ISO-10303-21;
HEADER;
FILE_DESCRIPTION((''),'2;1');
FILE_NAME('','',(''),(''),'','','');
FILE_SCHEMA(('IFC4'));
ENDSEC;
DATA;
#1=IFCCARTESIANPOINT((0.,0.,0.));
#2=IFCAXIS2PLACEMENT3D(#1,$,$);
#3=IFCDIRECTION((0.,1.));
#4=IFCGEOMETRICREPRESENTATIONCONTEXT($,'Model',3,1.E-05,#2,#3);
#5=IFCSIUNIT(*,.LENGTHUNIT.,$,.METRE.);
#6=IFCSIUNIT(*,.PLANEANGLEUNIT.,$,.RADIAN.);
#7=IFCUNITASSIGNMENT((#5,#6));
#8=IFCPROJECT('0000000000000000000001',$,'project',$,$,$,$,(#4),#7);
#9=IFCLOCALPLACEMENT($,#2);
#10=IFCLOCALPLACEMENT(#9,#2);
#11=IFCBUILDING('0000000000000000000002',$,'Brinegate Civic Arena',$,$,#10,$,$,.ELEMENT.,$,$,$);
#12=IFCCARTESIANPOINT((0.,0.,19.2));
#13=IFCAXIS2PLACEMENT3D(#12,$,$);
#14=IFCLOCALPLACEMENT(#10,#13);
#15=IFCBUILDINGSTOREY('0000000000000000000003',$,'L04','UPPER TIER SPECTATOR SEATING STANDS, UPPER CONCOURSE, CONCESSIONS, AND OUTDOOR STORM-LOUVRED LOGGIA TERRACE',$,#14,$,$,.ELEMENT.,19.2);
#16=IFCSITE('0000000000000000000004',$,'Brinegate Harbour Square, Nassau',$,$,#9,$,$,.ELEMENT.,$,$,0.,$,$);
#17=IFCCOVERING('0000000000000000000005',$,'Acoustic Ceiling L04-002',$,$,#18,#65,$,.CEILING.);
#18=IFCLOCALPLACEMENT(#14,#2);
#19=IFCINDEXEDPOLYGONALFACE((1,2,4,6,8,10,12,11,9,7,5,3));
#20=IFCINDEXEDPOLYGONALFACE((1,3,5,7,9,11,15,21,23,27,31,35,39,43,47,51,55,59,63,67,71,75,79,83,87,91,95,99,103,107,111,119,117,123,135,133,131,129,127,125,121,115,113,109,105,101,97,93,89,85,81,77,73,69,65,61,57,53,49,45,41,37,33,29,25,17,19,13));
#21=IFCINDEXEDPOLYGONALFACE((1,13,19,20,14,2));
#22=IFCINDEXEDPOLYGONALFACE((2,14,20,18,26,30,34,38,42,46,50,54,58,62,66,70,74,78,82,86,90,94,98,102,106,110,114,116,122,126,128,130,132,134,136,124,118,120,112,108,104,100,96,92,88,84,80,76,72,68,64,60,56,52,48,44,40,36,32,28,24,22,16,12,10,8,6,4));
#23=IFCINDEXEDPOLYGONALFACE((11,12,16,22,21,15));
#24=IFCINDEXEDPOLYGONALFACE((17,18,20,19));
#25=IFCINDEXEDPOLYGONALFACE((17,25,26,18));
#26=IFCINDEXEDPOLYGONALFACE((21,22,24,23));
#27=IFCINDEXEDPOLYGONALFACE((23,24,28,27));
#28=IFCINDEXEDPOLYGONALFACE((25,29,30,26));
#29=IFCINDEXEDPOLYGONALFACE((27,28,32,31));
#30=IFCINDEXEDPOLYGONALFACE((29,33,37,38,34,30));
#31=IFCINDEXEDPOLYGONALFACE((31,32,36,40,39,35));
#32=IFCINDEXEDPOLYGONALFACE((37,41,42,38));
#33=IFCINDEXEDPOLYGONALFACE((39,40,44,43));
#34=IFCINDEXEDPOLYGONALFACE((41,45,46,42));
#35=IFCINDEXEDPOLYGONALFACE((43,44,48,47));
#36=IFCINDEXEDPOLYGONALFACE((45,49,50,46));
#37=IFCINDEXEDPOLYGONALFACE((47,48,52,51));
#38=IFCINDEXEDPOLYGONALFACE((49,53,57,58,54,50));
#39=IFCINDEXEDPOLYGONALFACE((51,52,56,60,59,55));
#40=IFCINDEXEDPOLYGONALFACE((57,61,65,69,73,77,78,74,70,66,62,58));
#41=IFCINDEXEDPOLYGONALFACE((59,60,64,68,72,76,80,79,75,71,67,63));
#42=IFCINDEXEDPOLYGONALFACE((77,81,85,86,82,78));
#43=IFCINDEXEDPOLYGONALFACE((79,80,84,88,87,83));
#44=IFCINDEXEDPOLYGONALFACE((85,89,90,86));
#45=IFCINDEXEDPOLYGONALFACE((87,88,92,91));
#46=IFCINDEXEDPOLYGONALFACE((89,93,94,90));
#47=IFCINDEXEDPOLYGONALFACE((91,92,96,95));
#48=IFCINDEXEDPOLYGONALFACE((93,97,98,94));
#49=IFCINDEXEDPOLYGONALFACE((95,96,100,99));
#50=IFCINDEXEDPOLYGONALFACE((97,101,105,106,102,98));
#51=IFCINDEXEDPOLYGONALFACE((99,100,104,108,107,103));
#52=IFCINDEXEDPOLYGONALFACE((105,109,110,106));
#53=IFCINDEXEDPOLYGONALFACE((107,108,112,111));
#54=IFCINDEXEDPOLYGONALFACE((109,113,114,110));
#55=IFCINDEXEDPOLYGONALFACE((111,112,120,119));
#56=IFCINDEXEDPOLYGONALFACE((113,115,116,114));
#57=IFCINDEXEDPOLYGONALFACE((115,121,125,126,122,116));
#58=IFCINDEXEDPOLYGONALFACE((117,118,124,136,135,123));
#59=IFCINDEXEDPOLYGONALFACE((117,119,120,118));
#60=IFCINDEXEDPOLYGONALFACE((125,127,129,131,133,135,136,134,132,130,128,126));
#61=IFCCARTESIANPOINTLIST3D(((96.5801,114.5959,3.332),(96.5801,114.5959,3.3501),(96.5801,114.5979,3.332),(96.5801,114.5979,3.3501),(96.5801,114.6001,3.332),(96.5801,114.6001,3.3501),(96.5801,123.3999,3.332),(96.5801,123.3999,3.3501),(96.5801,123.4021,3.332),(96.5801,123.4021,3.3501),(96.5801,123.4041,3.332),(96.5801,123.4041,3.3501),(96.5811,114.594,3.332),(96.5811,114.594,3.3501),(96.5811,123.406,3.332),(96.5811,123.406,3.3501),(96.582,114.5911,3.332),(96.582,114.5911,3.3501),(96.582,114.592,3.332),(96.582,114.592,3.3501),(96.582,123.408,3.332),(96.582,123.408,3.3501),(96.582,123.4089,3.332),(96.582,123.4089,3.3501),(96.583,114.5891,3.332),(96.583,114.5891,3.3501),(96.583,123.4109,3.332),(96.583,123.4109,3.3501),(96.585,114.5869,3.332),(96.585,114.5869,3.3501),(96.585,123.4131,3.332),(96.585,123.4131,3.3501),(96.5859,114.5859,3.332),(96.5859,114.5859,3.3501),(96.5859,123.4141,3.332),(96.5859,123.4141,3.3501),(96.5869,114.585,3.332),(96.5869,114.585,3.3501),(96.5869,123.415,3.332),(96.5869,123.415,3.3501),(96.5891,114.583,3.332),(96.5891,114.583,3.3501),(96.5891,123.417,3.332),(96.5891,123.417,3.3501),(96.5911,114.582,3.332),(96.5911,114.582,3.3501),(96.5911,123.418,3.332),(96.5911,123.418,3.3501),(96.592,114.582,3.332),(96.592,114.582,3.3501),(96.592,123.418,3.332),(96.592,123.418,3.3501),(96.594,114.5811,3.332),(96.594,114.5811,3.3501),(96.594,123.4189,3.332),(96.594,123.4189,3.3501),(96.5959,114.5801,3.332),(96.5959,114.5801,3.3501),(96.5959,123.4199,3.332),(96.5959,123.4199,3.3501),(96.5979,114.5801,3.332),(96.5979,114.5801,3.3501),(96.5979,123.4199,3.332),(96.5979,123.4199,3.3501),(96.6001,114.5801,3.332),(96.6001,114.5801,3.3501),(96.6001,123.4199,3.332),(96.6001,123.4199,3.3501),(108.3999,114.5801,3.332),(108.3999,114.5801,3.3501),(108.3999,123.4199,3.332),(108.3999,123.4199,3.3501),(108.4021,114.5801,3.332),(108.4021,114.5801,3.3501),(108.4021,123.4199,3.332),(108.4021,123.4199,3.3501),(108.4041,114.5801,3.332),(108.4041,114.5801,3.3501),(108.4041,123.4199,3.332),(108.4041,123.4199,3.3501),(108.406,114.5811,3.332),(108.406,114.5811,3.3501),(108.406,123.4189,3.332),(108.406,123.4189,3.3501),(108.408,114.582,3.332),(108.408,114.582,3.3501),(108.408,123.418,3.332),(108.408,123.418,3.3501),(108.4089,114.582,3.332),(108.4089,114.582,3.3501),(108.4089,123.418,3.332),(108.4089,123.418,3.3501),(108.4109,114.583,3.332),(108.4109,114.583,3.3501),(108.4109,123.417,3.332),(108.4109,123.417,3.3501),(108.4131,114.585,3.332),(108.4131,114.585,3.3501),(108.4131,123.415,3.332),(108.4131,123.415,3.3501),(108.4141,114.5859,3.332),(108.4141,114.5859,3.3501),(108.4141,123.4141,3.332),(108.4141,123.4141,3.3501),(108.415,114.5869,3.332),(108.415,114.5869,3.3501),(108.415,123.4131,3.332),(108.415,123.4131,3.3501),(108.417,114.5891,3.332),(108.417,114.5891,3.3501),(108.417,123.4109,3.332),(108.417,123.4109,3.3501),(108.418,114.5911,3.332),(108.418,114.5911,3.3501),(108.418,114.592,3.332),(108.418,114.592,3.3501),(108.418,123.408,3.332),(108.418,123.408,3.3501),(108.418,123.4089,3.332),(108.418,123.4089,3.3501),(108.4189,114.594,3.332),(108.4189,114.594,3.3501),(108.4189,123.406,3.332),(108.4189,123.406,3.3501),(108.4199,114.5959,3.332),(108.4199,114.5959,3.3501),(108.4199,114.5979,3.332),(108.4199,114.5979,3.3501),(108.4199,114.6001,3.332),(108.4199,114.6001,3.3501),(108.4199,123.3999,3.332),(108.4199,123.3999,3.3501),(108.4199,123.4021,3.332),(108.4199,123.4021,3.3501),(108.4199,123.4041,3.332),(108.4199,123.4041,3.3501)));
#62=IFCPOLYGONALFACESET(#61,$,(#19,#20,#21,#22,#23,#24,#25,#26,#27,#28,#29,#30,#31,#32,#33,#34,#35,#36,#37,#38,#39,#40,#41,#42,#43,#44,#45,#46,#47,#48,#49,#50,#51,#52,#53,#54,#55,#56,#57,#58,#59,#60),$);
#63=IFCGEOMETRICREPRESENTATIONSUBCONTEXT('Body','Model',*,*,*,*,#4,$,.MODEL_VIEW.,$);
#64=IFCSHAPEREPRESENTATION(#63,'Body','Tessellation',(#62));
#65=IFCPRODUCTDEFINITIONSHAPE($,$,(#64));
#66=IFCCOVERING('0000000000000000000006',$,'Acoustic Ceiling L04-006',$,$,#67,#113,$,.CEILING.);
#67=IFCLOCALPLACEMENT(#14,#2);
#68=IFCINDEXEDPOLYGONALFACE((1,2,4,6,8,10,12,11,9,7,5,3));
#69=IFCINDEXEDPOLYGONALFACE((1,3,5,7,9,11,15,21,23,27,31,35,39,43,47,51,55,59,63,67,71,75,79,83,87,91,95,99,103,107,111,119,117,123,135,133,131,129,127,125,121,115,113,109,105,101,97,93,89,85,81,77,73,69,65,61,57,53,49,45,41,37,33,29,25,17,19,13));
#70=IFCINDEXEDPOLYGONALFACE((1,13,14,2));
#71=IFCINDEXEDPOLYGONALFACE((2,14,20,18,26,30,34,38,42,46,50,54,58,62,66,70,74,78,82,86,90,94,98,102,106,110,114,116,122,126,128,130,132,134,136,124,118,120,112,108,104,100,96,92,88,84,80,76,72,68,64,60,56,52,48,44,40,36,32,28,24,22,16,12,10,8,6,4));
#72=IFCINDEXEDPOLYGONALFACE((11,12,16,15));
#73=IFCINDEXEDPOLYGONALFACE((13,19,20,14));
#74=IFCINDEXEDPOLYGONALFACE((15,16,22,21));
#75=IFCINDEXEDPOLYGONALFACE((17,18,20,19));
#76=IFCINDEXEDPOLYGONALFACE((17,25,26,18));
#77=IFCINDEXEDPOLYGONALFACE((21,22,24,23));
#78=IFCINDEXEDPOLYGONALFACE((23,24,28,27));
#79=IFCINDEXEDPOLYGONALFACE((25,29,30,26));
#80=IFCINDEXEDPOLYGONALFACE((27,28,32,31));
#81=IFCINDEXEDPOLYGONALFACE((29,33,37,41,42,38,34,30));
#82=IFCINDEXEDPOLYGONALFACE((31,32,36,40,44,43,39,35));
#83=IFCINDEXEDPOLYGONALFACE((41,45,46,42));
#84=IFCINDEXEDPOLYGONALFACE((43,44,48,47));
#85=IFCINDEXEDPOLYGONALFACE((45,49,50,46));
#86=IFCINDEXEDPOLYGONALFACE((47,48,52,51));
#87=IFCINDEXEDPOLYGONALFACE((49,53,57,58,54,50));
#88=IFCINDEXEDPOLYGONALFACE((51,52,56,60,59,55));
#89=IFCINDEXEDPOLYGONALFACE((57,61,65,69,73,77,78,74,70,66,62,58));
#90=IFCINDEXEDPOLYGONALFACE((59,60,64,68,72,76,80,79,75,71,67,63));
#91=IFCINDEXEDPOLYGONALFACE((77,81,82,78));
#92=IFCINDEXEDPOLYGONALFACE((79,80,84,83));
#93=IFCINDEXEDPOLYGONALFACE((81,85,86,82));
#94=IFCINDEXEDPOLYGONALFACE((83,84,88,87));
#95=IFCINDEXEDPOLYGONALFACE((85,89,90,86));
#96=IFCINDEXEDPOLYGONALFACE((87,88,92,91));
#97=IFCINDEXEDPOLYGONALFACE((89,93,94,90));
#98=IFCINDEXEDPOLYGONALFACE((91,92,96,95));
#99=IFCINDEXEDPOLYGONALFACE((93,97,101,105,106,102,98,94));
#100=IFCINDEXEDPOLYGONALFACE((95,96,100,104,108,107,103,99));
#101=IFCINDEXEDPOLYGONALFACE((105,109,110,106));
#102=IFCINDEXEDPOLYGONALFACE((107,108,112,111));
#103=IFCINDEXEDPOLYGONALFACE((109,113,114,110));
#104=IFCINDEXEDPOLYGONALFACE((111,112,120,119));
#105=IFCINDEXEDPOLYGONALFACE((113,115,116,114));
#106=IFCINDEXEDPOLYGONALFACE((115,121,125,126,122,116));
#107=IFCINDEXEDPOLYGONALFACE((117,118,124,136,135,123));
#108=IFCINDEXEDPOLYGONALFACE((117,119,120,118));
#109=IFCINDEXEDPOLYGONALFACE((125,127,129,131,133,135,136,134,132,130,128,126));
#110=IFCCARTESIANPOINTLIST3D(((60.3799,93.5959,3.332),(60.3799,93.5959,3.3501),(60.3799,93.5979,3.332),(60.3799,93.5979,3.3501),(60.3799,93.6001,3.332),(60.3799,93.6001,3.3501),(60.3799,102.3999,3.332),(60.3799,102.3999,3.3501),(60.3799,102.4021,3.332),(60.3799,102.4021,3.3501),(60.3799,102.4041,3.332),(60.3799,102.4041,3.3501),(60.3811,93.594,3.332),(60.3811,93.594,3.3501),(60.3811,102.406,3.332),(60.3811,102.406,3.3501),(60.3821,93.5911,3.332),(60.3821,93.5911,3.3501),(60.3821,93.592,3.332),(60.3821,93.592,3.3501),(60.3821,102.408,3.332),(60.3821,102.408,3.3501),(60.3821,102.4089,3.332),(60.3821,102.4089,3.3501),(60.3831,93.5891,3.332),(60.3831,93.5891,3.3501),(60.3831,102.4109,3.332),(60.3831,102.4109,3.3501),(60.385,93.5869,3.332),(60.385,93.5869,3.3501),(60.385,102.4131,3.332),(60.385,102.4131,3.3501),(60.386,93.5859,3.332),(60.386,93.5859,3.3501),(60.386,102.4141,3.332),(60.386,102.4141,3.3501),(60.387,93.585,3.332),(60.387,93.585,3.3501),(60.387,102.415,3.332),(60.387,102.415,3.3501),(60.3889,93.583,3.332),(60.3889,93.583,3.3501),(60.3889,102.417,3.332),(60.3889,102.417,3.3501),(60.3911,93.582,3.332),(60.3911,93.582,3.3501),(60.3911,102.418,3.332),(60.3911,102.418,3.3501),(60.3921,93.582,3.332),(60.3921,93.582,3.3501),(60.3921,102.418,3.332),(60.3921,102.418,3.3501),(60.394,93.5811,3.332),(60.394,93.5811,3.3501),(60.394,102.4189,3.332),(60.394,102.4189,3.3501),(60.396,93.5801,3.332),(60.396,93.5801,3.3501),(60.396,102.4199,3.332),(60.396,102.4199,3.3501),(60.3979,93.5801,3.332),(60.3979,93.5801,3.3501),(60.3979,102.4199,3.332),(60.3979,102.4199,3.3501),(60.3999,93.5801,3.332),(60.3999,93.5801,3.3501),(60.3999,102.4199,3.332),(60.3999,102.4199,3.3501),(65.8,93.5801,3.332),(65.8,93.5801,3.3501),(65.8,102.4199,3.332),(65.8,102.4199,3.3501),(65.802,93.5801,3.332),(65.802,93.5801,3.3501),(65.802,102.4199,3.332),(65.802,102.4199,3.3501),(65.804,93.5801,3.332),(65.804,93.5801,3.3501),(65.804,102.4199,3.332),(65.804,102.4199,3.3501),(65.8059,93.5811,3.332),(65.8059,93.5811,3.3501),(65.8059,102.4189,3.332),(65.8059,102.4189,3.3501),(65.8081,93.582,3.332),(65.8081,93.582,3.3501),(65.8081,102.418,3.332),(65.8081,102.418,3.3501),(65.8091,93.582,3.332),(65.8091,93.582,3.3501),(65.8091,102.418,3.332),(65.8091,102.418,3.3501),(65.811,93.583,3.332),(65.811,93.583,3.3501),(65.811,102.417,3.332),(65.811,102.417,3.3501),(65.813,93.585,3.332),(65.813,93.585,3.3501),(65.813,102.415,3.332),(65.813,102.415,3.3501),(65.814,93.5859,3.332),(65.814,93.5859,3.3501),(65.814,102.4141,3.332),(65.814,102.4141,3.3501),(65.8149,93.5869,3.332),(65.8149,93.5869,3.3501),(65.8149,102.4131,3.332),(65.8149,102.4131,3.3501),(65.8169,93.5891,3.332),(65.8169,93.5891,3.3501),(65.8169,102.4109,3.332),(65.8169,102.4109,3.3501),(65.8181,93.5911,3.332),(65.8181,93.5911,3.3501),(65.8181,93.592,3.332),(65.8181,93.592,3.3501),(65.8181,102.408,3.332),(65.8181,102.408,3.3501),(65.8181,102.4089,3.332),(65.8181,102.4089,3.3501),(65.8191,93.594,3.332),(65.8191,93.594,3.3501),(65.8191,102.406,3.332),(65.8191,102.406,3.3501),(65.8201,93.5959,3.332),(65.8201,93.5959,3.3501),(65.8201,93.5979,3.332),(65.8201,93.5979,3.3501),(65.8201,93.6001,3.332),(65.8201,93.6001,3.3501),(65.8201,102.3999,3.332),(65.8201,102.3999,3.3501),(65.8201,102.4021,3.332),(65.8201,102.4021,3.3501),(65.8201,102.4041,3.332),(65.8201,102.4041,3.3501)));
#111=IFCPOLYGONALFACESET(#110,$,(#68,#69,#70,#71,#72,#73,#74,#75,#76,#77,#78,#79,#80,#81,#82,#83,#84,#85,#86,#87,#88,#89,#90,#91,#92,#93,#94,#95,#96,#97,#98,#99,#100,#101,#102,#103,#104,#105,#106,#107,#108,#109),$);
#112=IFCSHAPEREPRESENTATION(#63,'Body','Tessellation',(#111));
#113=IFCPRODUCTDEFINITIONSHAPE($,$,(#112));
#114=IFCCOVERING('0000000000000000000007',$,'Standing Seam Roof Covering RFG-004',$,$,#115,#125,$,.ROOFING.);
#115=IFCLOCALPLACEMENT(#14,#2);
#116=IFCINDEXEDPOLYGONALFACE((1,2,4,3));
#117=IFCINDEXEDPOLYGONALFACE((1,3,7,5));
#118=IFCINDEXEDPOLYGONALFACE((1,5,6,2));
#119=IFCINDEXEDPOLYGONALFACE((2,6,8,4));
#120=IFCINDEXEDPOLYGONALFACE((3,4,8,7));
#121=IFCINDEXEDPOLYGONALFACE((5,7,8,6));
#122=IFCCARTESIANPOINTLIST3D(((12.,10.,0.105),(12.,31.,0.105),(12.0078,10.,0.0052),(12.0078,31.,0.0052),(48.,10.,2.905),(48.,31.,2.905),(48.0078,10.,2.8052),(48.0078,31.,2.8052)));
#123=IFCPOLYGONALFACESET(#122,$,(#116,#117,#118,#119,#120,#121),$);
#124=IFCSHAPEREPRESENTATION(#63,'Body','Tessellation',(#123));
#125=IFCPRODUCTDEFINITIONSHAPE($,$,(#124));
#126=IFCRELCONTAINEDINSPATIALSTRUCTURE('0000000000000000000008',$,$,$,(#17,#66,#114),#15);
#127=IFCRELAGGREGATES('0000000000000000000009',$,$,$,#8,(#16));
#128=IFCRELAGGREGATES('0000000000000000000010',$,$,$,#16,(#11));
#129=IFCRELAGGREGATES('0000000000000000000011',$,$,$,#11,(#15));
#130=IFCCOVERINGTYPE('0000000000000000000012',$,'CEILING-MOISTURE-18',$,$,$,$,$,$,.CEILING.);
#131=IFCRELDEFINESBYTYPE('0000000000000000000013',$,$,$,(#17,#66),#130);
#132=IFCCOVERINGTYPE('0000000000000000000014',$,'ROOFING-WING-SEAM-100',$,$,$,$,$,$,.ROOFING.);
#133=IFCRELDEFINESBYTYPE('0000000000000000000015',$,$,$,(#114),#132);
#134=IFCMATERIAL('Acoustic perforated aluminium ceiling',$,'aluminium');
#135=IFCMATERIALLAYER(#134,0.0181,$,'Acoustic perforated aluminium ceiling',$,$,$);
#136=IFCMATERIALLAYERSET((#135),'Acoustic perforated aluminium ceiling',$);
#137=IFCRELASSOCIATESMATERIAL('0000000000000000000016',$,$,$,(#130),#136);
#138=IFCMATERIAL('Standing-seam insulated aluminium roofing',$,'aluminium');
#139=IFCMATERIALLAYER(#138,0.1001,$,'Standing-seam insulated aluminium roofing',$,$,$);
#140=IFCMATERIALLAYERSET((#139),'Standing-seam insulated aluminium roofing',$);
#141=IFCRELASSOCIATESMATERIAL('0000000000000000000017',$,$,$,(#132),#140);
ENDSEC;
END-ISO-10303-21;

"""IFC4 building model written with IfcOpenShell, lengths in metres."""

from ifc_helpers import new_model, si_unit, direction, frame, origin, place, context, subcontext, project, spatial, polyline, outline, extrude, material, layer, layer_set, type_object, element, save


model = new_model("IFC4")

# Units and contexts
model_context = context("Model", 3, precision=1e-05, world=origin(), true_north=direction((0.0, 1.0)))
body_context = subcontext(model_context, "Body", "Model", "MODEL_VIEW")
ifc_project = project(units=[si_unit("LENGTHUNIT", "METRE"), si_unit("PLANEANGLEUNIT", "RADIAN")], contexts=[model_context])

# Site, building, storey
site_placement = place(None, origin())
site = spatial("IfcSite", under=ifc_project, at=site_placement, Name="Brinegate Harbour Square, Nassau", CompositionType="ELEMENT", RefElevation=0.0)
building_placement = place(site_placement, origin())
building = spatial("IfcBuilding", under=site, at=building_placement, Name="Brinegate Civic Arena", CompositionType="ELEMENT")
storey_placement = place(building_placement, frame((0.0, 0.0, 19.2)))
storey = spatial("IfcBuildingStorey", under=building, at=storey_placement, Name="L04", Description="UPPER TIER SPECTATOR SEATING STANDS, UPPER CONCOURSE, CONCESSIONS, AND OUTDOOR STORM-LOUVRED LOGGIA TERRACE", CompositionType="ELEMENT", Elevation=19.2)

# Coverings
ifc_material_1 = material(Name="Acoustic perforated aluminium ceiling", Category="aluminium")
ifc_layer_1 = layer(ifc_material_1, 0.0181, Name="Acoustic perforated aluminium ceiling")
ifc_layer_set_1 = layer_set([ifc_layer_1], Name="Acoustic perforated aluminium ceiling")
covering_type_1 = type_object("IfcCoveringType", Name="CEILING-MOISTURE-18", PredefinedType="CEILING", material=ifc_layer_set_1)
covering_1_placement = place(storey_placement, frame((0.0, 0.0, 3.332)))
element("IfcCovering", 1, at=covering_1_placement, inside=storey, type_object=covering_type_1, Name="Acoustic Ceiling L04-002", PredefinedType="CEILING", context=body_context, shape_type="SweptSolid", body=[
    extrude(outline(polyline([(108.4021, 123.4199), (108.4041, 123.4199), (108.406, 123.4189), (108.408, 123.418), (108.4089, 123.418), (108.4109, 123.417), (108.4131, 123.415), (108.4141, 123.4141), (108.415, 123.4131), (108.417, 123.4109), (108.418, 123.4089), (108.418, 123.408), (108.4189, 123.406), (108.4199, 123.4041), (108.4199, 123.4021), (108.4199, 123.3999), (108.4199, 114.6001), (108.4199, 114.5979), (108.4199, 114.5959), (108.4189, 114.594), (108.418, 114.592), (108.418, 114.5911), (108.417, 114.5891), (108.415, 114.5869), (108.4141, 114.5859), (108.4131, 114.585), (108.4109, 114.583), (108.4089, 114.582), (108.408, 114.582), (108.406, 114.5811), (108.4041, 114.5801), (108.4021, 114.5801), (108.3999, 114.5801), (96.6001, 114.5801), (96.5979, 114.5801), (96.5959, 114.5801), (96.594, 114.5811), (96.592, 114.582), (96.5911, 114.582), (96.5891, 114.583), (96.5869, 114.585), (96.5859, 114.5859), (96.585, 114.5869), (96.583, 114.5891), (96.582, 114.5911), (96.582, 114.592), (96.5811, 114.594), (96.5801, 114.5959), (96.5801, 114.5979), (96.5801, 114.6001), (96.5801, 123.3999), (96.5801, 123.4021), (96.5801, 123.4041), (96.5811, 123.406), (96.582, 123.408), (96.582, 123.4089), (96.583, 123.4109), (96.585, 123.4131), (96.5859, 123.4141), (96.5869, 123.415), (96.5891, 123.417), (96.5911, 123.418), (96.592, 123.418), (96.594, 123.4189), (96.5959, 123.4199), (96.5979, 123.4199), (96.6001, 123.4199), (108.3999, 123.4199), (108.4021, 123.4199)])), origin(), (0.0, 0.0, 1.0), 0.0181),
])
covering_2_placement = place(storey_placement, frame((0.0, 0.0, 3.332)))
element("IfcCovering", 2, at=covering_2_placement, inside=storey, type_object=covering_type_1, Name="Acoustic Ceiling L04-006", PredefinedType="CEILING", context=body_context, shape_type="SweptSolid", body=[
    extrude(outline(polyline([(65.804, 102.4199), (65.8059, 102.4189), (65.8081, 102.418), (65.8091, 102.418), (65.811, 102.417), (65.813, 102.415), (65.814, 102.4141), (65.8149, 102.4131), (65.8169, 102.4109), (65.8181, 102.4089), (65.8181, 102.408), (65.8191, 102.406), (65.8201, 102.4041), (65.8201, 102.4021), (65.8201, 102.3999), (65.8201, 93.6001), (65.8201, 93.5979), (65.8201, 93.5959), (65.8191, 93.594), (65.8181, 93.592), (65.8181, 93.5911), (65.8169, 93.5891), (65.8149, 93.5869), (65.814, 93.5859), (65.813, 93.585), (65.811, 93.583), (65.8091, 93.582), (65.8081, 93.582), (65.8059, 93.5811), (65.804, 93.5801), (65.802, 93.5801), (65.8, 93.5801), (60.3999, 93.5801), (60.3979, 93.5801), (60.396, 93.5801), (60.394, 93.5811), (60.3921, 93.582), (60.3911, 93.582), (60.3889, 93.583), (60.387, 93.585), (60.386, 93.5859), (60.385, 93.5869), (60.3831, 93.5891), (60.3821, 93.5911), (60.3821, 93.592), (60.3811, 93.594), (60.3799, 93.5959), (60.3799, 93.5979), (60.3799, 93.6001), (60.3799, 102.3999), (60.3799, 102.4021), (60.3799, 102.4041), (60.3811, 102.406), (60.3821, 102.408), (60.3821, 102.4089), (60.3831, 102.4109), (60.385, 102.4131), (60.386, 102.4141), (60.387, 102.415), (60.3889, 102.417), (60.3911, 102.418), (60.3921, 102.418), (60.394, 102.4189), (60.396, 102.4199), (60.3979, 102.4199), (60.3999, 102.4199), (65.8, 102.4199), (65.802, 102.4199), (65.804, 102.4199)])), origin(), (0.0, 0.0, 1.0), 0.0181),
])
ifc_material_2 = material(Name="Standing-seam insulated aluminium roofing", Category="aluminium")
ifc_layer_2 = layer(ifc_material_2, 0.1001, Name="Standing-seam insulated aluminium roofing")
ifc_layer_set_2 = layer_set([ifc_layer_2], Name="Standing-seam insulated aluminium roofing")
covering_type_2 = type_object("IfcCoveringType", Name="ROOFING-WING-SEAM-100", PredefinedType="ROOFING", material=ifc_layer_set_2)
covering_3_placement = place(storey_placement, frame((12.0, 10.0, 0.105), z_axis=(-0.077545, 0.0, 0.996989), x_axis=(0.996989, 0.0, 0.077545)))
element("IfcCovering", 3, at=covering_3_placement, inside=storey, type_object=covering_type_2, Name="Standing Seam Roof Covering RFG-004", PredefinedType="ROOFING", context=body_context, shape_type="SweptSolid", body=[
    extrude(outline(polyline([(0.0, 0.0), (36.1087, 0.0), (36.1087, 21.0), (0.0, 21.0), (0.0, 0.0)])), origin(), (0.0, 0.0, -1.0), 0.1001),
])

save(model, "model.ifc")
